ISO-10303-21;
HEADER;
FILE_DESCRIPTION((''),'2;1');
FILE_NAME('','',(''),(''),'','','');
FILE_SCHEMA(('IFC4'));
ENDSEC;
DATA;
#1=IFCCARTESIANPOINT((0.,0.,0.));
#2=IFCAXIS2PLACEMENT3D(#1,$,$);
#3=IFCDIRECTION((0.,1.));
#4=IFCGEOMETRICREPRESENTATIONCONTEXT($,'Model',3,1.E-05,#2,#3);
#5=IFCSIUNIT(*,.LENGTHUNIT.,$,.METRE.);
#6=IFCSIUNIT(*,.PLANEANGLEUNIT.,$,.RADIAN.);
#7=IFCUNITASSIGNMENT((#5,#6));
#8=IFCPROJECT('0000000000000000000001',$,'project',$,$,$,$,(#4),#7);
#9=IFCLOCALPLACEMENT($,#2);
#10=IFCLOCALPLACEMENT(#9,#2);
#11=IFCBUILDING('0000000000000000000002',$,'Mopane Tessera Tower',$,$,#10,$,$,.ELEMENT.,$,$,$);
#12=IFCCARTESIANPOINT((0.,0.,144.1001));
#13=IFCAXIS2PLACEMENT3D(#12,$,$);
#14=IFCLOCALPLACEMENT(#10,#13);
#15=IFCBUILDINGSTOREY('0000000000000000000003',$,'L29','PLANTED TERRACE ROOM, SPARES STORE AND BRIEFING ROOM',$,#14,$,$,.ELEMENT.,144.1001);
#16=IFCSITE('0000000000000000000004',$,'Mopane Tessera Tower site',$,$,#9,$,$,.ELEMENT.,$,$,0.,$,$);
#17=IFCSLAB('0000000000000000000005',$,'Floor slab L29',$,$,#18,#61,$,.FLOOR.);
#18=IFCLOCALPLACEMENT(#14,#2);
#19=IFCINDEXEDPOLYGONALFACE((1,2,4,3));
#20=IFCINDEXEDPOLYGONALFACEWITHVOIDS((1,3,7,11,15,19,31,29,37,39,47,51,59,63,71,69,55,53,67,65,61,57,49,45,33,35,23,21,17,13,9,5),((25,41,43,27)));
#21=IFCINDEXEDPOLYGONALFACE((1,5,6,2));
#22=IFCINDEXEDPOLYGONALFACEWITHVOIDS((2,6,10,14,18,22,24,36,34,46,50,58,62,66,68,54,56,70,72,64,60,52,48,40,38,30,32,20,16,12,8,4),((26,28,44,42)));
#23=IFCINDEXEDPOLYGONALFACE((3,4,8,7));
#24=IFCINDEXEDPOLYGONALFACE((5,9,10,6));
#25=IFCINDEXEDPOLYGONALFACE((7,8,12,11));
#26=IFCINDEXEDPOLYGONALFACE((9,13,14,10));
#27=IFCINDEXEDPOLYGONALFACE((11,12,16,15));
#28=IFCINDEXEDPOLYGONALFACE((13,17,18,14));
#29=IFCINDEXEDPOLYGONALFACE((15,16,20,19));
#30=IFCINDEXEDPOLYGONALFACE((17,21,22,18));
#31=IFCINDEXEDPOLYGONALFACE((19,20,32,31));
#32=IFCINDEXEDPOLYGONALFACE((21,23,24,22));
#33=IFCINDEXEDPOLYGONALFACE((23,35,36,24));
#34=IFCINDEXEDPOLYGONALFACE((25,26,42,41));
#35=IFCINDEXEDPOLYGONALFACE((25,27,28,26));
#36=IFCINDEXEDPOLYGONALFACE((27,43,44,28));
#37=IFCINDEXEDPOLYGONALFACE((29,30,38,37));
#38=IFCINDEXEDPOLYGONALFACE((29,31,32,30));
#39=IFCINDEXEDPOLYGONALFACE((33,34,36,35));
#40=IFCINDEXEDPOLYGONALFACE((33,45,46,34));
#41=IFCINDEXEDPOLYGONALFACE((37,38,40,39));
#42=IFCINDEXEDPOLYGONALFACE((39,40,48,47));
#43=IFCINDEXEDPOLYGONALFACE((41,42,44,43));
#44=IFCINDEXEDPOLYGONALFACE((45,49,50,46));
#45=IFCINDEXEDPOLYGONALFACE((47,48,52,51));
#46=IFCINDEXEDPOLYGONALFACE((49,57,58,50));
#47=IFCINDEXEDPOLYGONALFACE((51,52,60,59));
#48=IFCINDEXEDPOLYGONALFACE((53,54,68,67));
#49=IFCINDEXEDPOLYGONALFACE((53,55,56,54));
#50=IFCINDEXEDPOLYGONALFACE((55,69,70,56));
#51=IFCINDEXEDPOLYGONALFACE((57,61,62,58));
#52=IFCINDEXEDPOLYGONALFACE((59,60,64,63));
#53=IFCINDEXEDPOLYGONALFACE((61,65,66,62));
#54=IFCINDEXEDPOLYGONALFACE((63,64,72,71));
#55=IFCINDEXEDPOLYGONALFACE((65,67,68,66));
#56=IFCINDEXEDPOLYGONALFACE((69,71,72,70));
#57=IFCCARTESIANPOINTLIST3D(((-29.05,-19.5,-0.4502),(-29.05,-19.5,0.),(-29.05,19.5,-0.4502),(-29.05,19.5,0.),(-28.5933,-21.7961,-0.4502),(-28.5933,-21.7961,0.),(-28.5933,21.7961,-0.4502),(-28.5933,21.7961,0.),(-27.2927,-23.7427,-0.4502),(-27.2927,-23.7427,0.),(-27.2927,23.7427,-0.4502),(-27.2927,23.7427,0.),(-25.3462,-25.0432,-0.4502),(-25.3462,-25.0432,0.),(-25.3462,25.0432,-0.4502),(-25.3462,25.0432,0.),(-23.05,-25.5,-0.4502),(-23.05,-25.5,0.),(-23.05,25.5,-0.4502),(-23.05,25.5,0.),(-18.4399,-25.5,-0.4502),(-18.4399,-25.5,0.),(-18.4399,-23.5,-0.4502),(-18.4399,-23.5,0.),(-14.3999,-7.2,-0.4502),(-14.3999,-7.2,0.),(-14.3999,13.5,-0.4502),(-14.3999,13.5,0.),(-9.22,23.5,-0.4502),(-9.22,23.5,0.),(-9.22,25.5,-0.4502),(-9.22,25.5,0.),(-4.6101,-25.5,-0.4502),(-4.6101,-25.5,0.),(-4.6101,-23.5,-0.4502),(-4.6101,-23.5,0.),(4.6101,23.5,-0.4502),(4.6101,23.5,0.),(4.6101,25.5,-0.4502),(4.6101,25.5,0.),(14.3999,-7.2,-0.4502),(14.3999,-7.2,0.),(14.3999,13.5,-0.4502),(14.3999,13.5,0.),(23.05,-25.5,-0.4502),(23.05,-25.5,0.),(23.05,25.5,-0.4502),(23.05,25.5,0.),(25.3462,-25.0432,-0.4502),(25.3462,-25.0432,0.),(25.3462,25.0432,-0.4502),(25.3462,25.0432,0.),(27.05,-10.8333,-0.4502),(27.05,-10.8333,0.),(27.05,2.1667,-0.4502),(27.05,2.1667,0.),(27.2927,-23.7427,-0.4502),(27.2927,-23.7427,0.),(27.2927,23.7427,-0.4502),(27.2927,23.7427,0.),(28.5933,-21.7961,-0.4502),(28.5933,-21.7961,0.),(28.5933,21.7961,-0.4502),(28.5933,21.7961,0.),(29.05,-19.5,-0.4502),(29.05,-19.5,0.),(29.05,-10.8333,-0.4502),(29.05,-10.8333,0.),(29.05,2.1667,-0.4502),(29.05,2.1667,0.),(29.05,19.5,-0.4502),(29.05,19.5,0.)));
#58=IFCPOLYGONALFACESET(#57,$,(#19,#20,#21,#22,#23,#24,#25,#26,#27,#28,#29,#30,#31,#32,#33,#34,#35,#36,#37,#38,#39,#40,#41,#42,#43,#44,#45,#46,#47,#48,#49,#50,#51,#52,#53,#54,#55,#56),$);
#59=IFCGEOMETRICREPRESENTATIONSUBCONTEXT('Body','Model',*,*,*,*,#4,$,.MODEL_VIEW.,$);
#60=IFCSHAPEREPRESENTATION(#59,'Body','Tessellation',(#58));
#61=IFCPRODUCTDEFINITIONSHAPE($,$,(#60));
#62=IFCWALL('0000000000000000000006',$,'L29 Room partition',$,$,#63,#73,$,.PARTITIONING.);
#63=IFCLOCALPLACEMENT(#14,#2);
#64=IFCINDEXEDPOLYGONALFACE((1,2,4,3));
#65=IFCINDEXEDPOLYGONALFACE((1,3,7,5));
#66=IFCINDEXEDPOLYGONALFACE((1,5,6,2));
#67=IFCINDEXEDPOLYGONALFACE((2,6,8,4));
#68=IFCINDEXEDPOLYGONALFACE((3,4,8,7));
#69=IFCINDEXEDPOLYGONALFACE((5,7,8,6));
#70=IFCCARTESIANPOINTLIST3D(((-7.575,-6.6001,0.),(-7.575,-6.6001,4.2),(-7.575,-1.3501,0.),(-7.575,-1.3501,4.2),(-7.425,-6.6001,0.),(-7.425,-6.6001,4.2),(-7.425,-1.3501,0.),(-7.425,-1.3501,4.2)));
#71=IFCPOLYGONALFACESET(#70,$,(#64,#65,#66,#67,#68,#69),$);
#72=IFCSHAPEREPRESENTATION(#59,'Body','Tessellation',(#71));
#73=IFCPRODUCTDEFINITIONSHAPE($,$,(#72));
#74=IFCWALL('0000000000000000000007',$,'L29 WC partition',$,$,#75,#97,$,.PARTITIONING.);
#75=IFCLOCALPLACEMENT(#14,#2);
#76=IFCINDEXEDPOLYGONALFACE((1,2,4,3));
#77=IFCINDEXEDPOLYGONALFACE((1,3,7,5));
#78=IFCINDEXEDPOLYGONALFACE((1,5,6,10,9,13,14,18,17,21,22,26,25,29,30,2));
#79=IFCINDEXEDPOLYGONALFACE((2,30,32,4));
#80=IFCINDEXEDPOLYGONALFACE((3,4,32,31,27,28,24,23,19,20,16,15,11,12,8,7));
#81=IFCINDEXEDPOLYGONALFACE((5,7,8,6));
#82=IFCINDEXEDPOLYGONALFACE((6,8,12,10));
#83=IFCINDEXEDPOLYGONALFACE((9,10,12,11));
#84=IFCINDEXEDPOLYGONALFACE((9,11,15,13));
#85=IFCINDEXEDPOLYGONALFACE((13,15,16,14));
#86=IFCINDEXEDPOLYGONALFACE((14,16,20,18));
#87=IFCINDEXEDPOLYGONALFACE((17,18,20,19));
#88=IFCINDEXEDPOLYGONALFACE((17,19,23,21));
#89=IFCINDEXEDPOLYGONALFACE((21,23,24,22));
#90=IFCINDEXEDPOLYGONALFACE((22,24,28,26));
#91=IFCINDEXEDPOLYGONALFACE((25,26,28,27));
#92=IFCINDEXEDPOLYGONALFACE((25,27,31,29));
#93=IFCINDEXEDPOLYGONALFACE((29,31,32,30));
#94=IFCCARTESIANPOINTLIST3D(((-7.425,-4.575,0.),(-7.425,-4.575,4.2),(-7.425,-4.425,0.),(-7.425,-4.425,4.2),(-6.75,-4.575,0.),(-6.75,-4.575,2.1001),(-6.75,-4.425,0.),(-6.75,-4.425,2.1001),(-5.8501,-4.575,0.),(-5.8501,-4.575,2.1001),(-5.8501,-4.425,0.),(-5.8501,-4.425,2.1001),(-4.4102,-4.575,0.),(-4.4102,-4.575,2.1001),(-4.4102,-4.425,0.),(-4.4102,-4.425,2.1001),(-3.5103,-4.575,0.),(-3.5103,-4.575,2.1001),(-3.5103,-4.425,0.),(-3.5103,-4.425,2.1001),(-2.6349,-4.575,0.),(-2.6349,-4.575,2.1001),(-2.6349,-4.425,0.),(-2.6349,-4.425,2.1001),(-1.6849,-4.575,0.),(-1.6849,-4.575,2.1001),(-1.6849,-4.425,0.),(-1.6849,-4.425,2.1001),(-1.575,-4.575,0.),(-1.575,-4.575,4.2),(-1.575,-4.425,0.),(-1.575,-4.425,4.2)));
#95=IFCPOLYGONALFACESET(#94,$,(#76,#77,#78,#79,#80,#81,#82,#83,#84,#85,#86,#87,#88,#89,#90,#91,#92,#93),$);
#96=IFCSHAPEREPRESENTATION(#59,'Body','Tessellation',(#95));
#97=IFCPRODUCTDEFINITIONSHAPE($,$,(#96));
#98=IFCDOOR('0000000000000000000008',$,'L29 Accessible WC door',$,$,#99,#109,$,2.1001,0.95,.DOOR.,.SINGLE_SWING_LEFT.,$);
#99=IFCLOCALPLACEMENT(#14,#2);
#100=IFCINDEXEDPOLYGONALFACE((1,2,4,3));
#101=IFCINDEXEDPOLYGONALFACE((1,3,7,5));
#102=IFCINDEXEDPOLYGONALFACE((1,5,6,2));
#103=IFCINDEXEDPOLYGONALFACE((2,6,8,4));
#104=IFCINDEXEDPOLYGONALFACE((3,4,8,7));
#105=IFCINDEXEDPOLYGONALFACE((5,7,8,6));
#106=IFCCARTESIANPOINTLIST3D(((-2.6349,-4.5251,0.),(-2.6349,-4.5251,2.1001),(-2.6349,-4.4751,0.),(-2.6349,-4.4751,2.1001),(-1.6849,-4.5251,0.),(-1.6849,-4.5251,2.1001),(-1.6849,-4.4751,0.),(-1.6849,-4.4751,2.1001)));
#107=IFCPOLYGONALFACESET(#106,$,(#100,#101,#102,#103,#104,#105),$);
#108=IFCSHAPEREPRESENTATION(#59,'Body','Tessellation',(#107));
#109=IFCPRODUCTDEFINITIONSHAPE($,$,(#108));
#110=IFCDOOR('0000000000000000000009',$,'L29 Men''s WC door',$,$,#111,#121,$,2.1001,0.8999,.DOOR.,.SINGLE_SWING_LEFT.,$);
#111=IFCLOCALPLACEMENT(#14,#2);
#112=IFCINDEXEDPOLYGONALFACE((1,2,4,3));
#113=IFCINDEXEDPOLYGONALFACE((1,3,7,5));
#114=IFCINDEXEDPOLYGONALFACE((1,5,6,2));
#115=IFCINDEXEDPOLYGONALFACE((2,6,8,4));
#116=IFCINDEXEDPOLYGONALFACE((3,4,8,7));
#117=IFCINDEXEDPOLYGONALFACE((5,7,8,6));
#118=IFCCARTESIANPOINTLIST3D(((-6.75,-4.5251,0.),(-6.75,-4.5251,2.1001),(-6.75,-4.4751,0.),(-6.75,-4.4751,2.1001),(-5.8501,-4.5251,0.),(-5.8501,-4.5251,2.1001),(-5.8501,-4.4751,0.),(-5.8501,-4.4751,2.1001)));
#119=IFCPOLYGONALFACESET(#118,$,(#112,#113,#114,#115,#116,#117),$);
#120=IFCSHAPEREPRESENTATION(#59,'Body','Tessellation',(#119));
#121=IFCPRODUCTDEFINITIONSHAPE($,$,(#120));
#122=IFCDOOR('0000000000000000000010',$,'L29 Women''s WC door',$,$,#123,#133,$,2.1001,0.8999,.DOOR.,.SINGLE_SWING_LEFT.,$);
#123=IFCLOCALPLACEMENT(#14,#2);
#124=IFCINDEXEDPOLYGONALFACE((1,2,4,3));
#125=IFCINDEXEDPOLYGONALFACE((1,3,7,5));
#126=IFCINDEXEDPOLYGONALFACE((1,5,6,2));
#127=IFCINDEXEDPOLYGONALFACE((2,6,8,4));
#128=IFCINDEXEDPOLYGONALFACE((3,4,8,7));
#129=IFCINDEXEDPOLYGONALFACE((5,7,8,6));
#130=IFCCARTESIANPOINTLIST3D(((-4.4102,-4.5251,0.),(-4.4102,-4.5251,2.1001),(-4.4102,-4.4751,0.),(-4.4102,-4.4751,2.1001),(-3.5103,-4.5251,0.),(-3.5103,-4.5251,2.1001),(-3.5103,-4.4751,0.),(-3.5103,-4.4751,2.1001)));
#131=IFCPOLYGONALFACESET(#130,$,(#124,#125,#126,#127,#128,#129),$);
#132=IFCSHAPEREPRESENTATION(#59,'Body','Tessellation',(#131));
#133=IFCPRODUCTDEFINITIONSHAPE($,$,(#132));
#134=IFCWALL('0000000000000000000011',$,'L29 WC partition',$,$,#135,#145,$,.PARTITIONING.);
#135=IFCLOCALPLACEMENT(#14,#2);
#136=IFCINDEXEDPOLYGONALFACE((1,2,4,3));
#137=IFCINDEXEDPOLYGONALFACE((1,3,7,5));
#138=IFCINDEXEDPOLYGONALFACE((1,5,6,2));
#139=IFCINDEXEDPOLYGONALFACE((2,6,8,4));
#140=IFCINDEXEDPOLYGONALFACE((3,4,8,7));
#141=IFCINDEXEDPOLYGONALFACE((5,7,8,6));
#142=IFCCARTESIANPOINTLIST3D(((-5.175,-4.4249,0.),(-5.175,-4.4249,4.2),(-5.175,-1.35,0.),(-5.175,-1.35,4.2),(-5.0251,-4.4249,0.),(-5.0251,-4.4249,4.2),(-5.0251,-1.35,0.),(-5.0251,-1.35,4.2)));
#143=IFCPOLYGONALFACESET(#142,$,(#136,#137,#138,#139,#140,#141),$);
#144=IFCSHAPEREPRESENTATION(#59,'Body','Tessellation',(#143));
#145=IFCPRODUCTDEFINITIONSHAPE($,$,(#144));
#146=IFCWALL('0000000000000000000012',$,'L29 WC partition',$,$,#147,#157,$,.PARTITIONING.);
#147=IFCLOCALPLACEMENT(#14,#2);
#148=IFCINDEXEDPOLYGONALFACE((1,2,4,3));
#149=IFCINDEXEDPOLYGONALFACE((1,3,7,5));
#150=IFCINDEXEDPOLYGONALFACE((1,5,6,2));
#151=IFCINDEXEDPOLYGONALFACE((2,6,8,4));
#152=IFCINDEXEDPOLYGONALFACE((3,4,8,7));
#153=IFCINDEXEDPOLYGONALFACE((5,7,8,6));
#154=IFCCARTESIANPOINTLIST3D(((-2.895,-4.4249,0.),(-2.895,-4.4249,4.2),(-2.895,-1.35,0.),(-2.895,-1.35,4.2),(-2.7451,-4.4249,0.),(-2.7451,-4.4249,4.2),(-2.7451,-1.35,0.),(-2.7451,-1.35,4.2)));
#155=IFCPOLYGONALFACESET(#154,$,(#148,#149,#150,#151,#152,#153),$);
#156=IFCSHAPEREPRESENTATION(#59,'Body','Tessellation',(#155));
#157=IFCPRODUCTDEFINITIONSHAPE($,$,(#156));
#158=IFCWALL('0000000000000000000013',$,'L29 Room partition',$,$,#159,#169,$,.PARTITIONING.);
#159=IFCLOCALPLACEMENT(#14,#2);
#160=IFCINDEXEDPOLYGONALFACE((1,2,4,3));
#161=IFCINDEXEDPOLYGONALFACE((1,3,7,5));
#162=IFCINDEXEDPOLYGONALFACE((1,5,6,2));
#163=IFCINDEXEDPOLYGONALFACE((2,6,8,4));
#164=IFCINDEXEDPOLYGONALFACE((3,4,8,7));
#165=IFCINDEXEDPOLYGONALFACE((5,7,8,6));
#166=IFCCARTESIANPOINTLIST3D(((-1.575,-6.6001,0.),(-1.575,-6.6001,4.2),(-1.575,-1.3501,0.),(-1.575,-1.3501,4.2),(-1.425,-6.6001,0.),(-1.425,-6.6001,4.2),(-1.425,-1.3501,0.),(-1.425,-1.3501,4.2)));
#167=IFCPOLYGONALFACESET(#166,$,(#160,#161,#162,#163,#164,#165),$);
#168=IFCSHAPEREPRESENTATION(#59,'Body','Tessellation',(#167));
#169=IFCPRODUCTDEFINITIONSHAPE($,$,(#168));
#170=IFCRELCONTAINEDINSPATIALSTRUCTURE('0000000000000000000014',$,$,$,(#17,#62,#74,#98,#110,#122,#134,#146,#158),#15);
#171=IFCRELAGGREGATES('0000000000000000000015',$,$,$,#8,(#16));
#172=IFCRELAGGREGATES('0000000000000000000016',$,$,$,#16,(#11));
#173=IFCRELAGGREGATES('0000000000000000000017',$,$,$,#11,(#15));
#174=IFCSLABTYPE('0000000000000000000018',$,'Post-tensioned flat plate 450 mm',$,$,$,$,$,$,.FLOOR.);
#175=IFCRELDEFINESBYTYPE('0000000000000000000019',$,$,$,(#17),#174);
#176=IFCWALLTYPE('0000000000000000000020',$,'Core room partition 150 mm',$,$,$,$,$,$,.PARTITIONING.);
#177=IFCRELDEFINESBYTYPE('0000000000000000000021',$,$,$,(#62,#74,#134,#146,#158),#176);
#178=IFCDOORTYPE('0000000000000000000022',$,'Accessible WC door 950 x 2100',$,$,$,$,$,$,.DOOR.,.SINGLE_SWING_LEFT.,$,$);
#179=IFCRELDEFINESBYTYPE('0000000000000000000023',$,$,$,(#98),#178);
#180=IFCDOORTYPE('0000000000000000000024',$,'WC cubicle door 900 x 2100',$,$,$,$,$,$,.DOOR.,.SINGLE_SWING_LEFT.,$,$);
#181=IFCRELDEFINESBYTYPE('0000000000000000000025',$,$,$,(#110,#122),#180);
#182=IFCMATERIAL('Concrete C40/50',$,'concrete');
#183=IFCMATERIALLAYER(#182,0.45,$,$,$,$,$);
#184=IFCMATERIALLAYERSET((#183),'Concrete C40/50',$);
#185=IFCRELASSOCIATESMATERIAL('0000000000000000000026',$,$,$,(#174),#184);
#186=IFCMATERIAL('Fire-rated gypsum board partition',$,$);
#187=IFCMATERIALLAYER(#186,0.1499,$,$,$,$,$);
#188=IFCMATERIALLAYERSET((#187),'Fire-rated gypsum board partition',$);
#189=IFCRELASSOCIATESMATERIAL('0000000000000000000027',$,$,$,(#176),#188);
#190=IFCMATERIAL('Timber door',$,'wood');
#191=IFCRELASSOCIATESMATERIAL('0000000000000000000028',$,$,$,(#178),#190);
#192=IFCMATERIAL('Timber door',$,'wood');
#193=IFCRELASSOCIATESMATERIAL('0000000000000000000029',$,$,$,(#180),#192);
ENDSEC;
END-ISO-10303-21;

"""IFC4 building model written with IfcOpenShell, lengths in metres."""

from ifc_helpers import new_model, si_unit, direction, frame, frame_2d, origin, place, context, subcontext, project, spatial, polyline, rectangle, outline, extrude, material, layer, layer_set, type_object, element, fill, save


model = new_model("IFC4")

# Units and contexts
model_context = context("Model", 3, precision=1e-05, world=origin(), true_north=direction((0.0, 1.0)))
body_context = subcontext(model_context, "Body", "Model", "MODEL_VIEW")
ifc_project = project(units=[si_unit("LENGTHUNIT", "METRE"), si_unit("PLANEANGLEUNIT", "RADIAN")], contexts=[model_context])

# Site, building, storey
site_placement = place(None, origin())
site = spatial("IfcSite", under=ifc_project, at=site_placement, Name="Mopane Tessera Tower site", CompositionType="ELEMENT", RefElevation=0.0)
building_placement = place(site_placement, origin())
building = spatial("IfcBuilding", under=site, at=building_placement, Name="Mopane Tessera Tower", CompositionType="ELEMENT")
storey_placement = place(building_placement, frame((0.0, 0.0, 144.1001)))
storey = spatial("IfcBuildingStorey", under=building, at=storey_placement, Name="L29", Description="PLANTED TERRACE ROOM, SPARES STORE AND BRIEFING ROOM", CompositionType="ELEMENT", Elevation=144.1001)

# Slab
ifc_material_1 = material(Name="Concrete C40/50", Category="concrete")
ifc_layer_1 = layer(ifc_material_1, 0.45)
ifc_layer_set_1 = layer_set([ifc_layer_1], Name="Concrete C40/50")
slab_type = type_object("IfcSlabType", Name="Post-tensioned flat plate 450 mm", PredefinedType="FLOOR", material=ifc_layer_set_1)
slab_placement = place(storey_placement, frame((0.0, 0.0, -0.4502)))
element("IfcSlab", 1, at=slab_placement, inside=storey, type_object=slab_type, Name="Floor slab L29", PredefinedType="FLOOR", context=body_context, shape_type="SweptSolid", body=[
    extrude(outline(polyline([(-23.05, -25.5), (-18.4399, -25.5), (-18.4399, -23.5), (-4.6101, -23.5), (-4.6101, -25.5), (23.05, -25.5), (25.3462, -25.0432), (27.2927, -23.7427), (28.5933, -21.7961), (29.05, -19.5), (29.05, -10.8333), (27.05, -10.8333), (27.05, 2.1667), (29.05, 2.1667), (29.05, 19.5), (28.5933, 21.7961), (27.2927, 23.7427), (25.3462, 25.0432), (23.05, 25.5), (4.6101, 25.5), (4.6101, 23.5), (-9.22, 23.5), (-9.22, 25.5), (-23.05, 25.5), (-25.3462, 25.0432), (-27.2927, 23.7427), (-28.5933, 21.7961), (-29.05, 19.5), (-29.05, -19.5), (-28.5933, -21.7961), (-27.2927, -23.7427), (-25.3462, -25.0432), (-23.05, -25.5)]), holes=[polyline([(14.3999, -7.2), (-14.3999, -7.2), (-14.3999, 13.5), (14.3999, 13.5), (14.3999, -7.2)])]), origin(), (0.0, 0.0, 1.0), 0.4502),
])

# Wall
ifc_material_2 = material(Name="Fire-rated gypsum board partition")
ifc_layer_2 = layer(ifc_material_2, 0.1499)
ifc_layer_set_2 = layer_set([ifc_layer_2], Name="Fire-rated gypsum board partition")
wall_type_1 = type_object("IfcWallType", Name="Core room partition 150 mm", PredefinedType="PARTITIONING", material=ifc_layer_set_2)
wall_1_placement = place(storey_placement, frame((-7.5, -6.6001, 0.0), z_axis=(0.0, 0.0, 1.0), x_axis=(0.0, 1.0, 0.0)))
element("IfcWall", 2, at=wall_1_placement, inside=storey, type_object=wall_type_1, Name="L29 Room partition", PredefinedType="PARTITIONING", context=body_context, shape_type="SweptSolid", body=[
    extrude(rectangle(XDim=5.25, YDim=0.1499, at=frame_2d((2.625, 0.0))), origin(), (0.0, 0.0, 1.0), 4.2),
])

# Wall, openings, doors
wall_2_placement = place(storey_placement, frame((-7.425, -4.5, 0.0), z_axis=(0.0, 0.0, 1.0), x_axis=(1.0, 0.0, 0.0)))
wall_2 = element("IfcWall", 3, at=wall_2_placement, inside=storey, type_object=wall_type_1, Name="L29 WC partition", PredefinedType="PARTITIONING", context=body_context, shape_type="SweptSolid", body=[
    extrude(rectangle(XDim=5.8501, YDim=0.1499, at=frame_2d((2.925, 0.0))), origin(), (0.0, 0.0, 1.0), 4.2),
])
opening_1_placement = place(wall_2_placement, frame((0.675, 0.0, 0.0)))
opening_1 = element("IfcOpeningElement", 4, at=opening_1_placement, cuts=wall_2, PredefinedType="OPENING", context=body_context, shape_type="SweptSolid", body=[
    extrude(rectangle(XDim=0.8999, YDim=2.1001, at=frame_2d((0.45, 1.05))), frame((0.0, 0.0869, 0.0), z_axis=(0.0, -1.0, 0.0), x_axis=(1.0, 0.0, 0.0)), (0.0, 0.0, 1.0), 0.1738),
])
opening_2_placement = place(wall_2_placement, frame((3.0149, 0.0, 0.0)))
opening_2 = element("IfcOpeningElement", 5, at=opening_2_placement, cuts=wall_2, PredefinedType="OPENING", context=body_context, shape_type="SweptSolid", body=[
    extrude(rectangle(XDim=0.8999, YDim=2.1001, at=frame_2d((0.45, 1.05))), frame((0.0, 0.0869, 0.0), z_axis=(0.0, -1.0, 0.0), x_axis=(1.0, 0.0, 0.0)), (0.0, 0.0, 1.0), 0.1738),
])
opening_3_placement = place(wall_2_placement, frame((4.79, 0.0, 0.0)))
opening_3 = element("IfcOpeningElement", 6, at=opening_3_placement, cuts=wall_2, PredefinedType="OPENING", context=body_context, shape_type="SweptSolid", body=[
    extrude(rectangle(XDim=0.95, YDim=2.1001, at=frame_2d((0.4751, 1.05))), frame((0.0, 0.0869, 0.0), z_axis=(0.0, -1.0, 0.0), x_axis=(1.0, 0.0, 0.0)), (0.0, 0.0, 1.0), 0.1738),
])
ifc_material_3 = material(Name="Timber door", Category="wood")
door_type_1 = type_object("IfcDoorType", Name="Accessible WC door 950 x 2100", OperationType="SINGLE_SWING_LEFT", PredefinedType="DOOR", material=ifc_material_3)
door_1_placement = place(opening_3_placement, origin())
door_1 = element("IfcDoor", 7, at=door_1_placement, inside=storey, type_object=door_type_1, Name="L29 Accessible WC door", OperationType="SINGLE_SWING_LEFT", OverallHeight=2.1001, OverallWidth=0.95, PredefinedType="DOOR", context=body_context, shape_type="SweptSolid", body=[
    extrude(rectangle(XDim=0.95, YDim=2.1001, at=frame_2d((0.4751, 1.05))), frame((0.0, 0.0249, 0.0), z_axis=(0.0, -1.0, 0.0), x_axis=(1.0, 0.0, 0.0)), (0.0, 0.0, 1.0), 0.05),
])
fill(opening_3, door_1)
ifc_material_4 = material(Name="Timber door", Category="wood")
door_type_2 = type_object("IfcDoorType", Name="WC cubicle door 900 x 2100", OperationType="SINGLE_SWING_LEFT", PredefinedType="DOOR", material=ifc_material_4)
door_2_placement = place(opening_1_placement, origin())
door_2 = element("IfcDoor", 8, at=door_2_placement, inside=storey, type_object=door_type_2, Name="L29 Men's WC door", OperationType="SINGLE_SWING_LEFT", OverallHeight=2.1001, OverallWidth=0.8999, PredefinedType="DOOR", context=body_context, shape_type="SweptSolid", body=[
    extrude(rectangle(XDim=0.8999, YDim=2.1001, at=frame_2d((0.45, 1.05))), frame((0.0, 0.0249, 0.0), z_axis=(0.0, -1.0, 0.0), x_axis=(1.0, 0.0, 0.0)), (0.0, 0.0, 1.0), 0.05),
])
fill(opening_1, door_2)
door_3_placement = place(opening_2_placement, origin())
door_3 = element("IfcDoor", 9, at=door_3_placement, inside=storey, type_object=door_type_2, Name="L29 Women's WC door", OperationType="SINGLE_SWING_LEFT", OverallHeight=2.1001, OverallWidth=0.8999, PredefinedType="DOOR", context=body_context, shape_type="SweptSolid", body=[
    extrude(rectangle(XDim=0.8999, YDim=2.1001, at=frame_2d((0.45, 1.05))), frame((0.0, 0.0249, 0.0), z_axis=(0.0, -1.0, 0.0), x_axis=(1.0, 0.0, 0.0)), (0.0, 0.0, 1.0), 0.05),
])
fill(opening_2, door_3)

# Walls
for number, where, z_axis, x_axis, name in (
    (10, (-5.1001, -4.425, 0.0), (0.0, 0.0, 1.0), (0.0, 1.0, 0.0), "L29 WC partition"),
    (11, (-2.8201, -4.425, 0.0), (0.0, 0.0, 1.0), (0.0, 1.0, 0.0), "L29 WC partition"),
):
    element("IfcWall", number, at=place(storey_placement, frame(where, z_axis=z_axis, x_axis=x_axis)), inside=storey, type_object=wall_type_1, Name=name, PredefinedType="PARTITIONING", context=body_context, shape_type="SweptSolid", body=[
        extrude(rectangle(XDim=3.075, YDim=0.1499, at=frame_2d((1.5376, 0.0))), origin(), (0.0, 0.0, 1.0), 4.2),
    ])
wall_3_placement = place(storey_placement, frame((-1.5, -6.6001, 0.0), z_axis=(0.0, 0.0, 1.0), x_axis=(0.0, 1.0, 0.0)))
element("IfcWall", 12, at=wall_3_placement, inside=storey, type_object=wall_type_1, Name="L29 Room partition", PredefinedType="PARTITIONING", context=body_context, shape_type="SweptSolid", body=[
    extrude(rectangle(XDim=5.25, YDim=0.1499, at=frame_2d((2.625, 0.0))), origin(), (0.0, 0.0, 1.0), 4.2),
])

save(model, "model.ifc")
